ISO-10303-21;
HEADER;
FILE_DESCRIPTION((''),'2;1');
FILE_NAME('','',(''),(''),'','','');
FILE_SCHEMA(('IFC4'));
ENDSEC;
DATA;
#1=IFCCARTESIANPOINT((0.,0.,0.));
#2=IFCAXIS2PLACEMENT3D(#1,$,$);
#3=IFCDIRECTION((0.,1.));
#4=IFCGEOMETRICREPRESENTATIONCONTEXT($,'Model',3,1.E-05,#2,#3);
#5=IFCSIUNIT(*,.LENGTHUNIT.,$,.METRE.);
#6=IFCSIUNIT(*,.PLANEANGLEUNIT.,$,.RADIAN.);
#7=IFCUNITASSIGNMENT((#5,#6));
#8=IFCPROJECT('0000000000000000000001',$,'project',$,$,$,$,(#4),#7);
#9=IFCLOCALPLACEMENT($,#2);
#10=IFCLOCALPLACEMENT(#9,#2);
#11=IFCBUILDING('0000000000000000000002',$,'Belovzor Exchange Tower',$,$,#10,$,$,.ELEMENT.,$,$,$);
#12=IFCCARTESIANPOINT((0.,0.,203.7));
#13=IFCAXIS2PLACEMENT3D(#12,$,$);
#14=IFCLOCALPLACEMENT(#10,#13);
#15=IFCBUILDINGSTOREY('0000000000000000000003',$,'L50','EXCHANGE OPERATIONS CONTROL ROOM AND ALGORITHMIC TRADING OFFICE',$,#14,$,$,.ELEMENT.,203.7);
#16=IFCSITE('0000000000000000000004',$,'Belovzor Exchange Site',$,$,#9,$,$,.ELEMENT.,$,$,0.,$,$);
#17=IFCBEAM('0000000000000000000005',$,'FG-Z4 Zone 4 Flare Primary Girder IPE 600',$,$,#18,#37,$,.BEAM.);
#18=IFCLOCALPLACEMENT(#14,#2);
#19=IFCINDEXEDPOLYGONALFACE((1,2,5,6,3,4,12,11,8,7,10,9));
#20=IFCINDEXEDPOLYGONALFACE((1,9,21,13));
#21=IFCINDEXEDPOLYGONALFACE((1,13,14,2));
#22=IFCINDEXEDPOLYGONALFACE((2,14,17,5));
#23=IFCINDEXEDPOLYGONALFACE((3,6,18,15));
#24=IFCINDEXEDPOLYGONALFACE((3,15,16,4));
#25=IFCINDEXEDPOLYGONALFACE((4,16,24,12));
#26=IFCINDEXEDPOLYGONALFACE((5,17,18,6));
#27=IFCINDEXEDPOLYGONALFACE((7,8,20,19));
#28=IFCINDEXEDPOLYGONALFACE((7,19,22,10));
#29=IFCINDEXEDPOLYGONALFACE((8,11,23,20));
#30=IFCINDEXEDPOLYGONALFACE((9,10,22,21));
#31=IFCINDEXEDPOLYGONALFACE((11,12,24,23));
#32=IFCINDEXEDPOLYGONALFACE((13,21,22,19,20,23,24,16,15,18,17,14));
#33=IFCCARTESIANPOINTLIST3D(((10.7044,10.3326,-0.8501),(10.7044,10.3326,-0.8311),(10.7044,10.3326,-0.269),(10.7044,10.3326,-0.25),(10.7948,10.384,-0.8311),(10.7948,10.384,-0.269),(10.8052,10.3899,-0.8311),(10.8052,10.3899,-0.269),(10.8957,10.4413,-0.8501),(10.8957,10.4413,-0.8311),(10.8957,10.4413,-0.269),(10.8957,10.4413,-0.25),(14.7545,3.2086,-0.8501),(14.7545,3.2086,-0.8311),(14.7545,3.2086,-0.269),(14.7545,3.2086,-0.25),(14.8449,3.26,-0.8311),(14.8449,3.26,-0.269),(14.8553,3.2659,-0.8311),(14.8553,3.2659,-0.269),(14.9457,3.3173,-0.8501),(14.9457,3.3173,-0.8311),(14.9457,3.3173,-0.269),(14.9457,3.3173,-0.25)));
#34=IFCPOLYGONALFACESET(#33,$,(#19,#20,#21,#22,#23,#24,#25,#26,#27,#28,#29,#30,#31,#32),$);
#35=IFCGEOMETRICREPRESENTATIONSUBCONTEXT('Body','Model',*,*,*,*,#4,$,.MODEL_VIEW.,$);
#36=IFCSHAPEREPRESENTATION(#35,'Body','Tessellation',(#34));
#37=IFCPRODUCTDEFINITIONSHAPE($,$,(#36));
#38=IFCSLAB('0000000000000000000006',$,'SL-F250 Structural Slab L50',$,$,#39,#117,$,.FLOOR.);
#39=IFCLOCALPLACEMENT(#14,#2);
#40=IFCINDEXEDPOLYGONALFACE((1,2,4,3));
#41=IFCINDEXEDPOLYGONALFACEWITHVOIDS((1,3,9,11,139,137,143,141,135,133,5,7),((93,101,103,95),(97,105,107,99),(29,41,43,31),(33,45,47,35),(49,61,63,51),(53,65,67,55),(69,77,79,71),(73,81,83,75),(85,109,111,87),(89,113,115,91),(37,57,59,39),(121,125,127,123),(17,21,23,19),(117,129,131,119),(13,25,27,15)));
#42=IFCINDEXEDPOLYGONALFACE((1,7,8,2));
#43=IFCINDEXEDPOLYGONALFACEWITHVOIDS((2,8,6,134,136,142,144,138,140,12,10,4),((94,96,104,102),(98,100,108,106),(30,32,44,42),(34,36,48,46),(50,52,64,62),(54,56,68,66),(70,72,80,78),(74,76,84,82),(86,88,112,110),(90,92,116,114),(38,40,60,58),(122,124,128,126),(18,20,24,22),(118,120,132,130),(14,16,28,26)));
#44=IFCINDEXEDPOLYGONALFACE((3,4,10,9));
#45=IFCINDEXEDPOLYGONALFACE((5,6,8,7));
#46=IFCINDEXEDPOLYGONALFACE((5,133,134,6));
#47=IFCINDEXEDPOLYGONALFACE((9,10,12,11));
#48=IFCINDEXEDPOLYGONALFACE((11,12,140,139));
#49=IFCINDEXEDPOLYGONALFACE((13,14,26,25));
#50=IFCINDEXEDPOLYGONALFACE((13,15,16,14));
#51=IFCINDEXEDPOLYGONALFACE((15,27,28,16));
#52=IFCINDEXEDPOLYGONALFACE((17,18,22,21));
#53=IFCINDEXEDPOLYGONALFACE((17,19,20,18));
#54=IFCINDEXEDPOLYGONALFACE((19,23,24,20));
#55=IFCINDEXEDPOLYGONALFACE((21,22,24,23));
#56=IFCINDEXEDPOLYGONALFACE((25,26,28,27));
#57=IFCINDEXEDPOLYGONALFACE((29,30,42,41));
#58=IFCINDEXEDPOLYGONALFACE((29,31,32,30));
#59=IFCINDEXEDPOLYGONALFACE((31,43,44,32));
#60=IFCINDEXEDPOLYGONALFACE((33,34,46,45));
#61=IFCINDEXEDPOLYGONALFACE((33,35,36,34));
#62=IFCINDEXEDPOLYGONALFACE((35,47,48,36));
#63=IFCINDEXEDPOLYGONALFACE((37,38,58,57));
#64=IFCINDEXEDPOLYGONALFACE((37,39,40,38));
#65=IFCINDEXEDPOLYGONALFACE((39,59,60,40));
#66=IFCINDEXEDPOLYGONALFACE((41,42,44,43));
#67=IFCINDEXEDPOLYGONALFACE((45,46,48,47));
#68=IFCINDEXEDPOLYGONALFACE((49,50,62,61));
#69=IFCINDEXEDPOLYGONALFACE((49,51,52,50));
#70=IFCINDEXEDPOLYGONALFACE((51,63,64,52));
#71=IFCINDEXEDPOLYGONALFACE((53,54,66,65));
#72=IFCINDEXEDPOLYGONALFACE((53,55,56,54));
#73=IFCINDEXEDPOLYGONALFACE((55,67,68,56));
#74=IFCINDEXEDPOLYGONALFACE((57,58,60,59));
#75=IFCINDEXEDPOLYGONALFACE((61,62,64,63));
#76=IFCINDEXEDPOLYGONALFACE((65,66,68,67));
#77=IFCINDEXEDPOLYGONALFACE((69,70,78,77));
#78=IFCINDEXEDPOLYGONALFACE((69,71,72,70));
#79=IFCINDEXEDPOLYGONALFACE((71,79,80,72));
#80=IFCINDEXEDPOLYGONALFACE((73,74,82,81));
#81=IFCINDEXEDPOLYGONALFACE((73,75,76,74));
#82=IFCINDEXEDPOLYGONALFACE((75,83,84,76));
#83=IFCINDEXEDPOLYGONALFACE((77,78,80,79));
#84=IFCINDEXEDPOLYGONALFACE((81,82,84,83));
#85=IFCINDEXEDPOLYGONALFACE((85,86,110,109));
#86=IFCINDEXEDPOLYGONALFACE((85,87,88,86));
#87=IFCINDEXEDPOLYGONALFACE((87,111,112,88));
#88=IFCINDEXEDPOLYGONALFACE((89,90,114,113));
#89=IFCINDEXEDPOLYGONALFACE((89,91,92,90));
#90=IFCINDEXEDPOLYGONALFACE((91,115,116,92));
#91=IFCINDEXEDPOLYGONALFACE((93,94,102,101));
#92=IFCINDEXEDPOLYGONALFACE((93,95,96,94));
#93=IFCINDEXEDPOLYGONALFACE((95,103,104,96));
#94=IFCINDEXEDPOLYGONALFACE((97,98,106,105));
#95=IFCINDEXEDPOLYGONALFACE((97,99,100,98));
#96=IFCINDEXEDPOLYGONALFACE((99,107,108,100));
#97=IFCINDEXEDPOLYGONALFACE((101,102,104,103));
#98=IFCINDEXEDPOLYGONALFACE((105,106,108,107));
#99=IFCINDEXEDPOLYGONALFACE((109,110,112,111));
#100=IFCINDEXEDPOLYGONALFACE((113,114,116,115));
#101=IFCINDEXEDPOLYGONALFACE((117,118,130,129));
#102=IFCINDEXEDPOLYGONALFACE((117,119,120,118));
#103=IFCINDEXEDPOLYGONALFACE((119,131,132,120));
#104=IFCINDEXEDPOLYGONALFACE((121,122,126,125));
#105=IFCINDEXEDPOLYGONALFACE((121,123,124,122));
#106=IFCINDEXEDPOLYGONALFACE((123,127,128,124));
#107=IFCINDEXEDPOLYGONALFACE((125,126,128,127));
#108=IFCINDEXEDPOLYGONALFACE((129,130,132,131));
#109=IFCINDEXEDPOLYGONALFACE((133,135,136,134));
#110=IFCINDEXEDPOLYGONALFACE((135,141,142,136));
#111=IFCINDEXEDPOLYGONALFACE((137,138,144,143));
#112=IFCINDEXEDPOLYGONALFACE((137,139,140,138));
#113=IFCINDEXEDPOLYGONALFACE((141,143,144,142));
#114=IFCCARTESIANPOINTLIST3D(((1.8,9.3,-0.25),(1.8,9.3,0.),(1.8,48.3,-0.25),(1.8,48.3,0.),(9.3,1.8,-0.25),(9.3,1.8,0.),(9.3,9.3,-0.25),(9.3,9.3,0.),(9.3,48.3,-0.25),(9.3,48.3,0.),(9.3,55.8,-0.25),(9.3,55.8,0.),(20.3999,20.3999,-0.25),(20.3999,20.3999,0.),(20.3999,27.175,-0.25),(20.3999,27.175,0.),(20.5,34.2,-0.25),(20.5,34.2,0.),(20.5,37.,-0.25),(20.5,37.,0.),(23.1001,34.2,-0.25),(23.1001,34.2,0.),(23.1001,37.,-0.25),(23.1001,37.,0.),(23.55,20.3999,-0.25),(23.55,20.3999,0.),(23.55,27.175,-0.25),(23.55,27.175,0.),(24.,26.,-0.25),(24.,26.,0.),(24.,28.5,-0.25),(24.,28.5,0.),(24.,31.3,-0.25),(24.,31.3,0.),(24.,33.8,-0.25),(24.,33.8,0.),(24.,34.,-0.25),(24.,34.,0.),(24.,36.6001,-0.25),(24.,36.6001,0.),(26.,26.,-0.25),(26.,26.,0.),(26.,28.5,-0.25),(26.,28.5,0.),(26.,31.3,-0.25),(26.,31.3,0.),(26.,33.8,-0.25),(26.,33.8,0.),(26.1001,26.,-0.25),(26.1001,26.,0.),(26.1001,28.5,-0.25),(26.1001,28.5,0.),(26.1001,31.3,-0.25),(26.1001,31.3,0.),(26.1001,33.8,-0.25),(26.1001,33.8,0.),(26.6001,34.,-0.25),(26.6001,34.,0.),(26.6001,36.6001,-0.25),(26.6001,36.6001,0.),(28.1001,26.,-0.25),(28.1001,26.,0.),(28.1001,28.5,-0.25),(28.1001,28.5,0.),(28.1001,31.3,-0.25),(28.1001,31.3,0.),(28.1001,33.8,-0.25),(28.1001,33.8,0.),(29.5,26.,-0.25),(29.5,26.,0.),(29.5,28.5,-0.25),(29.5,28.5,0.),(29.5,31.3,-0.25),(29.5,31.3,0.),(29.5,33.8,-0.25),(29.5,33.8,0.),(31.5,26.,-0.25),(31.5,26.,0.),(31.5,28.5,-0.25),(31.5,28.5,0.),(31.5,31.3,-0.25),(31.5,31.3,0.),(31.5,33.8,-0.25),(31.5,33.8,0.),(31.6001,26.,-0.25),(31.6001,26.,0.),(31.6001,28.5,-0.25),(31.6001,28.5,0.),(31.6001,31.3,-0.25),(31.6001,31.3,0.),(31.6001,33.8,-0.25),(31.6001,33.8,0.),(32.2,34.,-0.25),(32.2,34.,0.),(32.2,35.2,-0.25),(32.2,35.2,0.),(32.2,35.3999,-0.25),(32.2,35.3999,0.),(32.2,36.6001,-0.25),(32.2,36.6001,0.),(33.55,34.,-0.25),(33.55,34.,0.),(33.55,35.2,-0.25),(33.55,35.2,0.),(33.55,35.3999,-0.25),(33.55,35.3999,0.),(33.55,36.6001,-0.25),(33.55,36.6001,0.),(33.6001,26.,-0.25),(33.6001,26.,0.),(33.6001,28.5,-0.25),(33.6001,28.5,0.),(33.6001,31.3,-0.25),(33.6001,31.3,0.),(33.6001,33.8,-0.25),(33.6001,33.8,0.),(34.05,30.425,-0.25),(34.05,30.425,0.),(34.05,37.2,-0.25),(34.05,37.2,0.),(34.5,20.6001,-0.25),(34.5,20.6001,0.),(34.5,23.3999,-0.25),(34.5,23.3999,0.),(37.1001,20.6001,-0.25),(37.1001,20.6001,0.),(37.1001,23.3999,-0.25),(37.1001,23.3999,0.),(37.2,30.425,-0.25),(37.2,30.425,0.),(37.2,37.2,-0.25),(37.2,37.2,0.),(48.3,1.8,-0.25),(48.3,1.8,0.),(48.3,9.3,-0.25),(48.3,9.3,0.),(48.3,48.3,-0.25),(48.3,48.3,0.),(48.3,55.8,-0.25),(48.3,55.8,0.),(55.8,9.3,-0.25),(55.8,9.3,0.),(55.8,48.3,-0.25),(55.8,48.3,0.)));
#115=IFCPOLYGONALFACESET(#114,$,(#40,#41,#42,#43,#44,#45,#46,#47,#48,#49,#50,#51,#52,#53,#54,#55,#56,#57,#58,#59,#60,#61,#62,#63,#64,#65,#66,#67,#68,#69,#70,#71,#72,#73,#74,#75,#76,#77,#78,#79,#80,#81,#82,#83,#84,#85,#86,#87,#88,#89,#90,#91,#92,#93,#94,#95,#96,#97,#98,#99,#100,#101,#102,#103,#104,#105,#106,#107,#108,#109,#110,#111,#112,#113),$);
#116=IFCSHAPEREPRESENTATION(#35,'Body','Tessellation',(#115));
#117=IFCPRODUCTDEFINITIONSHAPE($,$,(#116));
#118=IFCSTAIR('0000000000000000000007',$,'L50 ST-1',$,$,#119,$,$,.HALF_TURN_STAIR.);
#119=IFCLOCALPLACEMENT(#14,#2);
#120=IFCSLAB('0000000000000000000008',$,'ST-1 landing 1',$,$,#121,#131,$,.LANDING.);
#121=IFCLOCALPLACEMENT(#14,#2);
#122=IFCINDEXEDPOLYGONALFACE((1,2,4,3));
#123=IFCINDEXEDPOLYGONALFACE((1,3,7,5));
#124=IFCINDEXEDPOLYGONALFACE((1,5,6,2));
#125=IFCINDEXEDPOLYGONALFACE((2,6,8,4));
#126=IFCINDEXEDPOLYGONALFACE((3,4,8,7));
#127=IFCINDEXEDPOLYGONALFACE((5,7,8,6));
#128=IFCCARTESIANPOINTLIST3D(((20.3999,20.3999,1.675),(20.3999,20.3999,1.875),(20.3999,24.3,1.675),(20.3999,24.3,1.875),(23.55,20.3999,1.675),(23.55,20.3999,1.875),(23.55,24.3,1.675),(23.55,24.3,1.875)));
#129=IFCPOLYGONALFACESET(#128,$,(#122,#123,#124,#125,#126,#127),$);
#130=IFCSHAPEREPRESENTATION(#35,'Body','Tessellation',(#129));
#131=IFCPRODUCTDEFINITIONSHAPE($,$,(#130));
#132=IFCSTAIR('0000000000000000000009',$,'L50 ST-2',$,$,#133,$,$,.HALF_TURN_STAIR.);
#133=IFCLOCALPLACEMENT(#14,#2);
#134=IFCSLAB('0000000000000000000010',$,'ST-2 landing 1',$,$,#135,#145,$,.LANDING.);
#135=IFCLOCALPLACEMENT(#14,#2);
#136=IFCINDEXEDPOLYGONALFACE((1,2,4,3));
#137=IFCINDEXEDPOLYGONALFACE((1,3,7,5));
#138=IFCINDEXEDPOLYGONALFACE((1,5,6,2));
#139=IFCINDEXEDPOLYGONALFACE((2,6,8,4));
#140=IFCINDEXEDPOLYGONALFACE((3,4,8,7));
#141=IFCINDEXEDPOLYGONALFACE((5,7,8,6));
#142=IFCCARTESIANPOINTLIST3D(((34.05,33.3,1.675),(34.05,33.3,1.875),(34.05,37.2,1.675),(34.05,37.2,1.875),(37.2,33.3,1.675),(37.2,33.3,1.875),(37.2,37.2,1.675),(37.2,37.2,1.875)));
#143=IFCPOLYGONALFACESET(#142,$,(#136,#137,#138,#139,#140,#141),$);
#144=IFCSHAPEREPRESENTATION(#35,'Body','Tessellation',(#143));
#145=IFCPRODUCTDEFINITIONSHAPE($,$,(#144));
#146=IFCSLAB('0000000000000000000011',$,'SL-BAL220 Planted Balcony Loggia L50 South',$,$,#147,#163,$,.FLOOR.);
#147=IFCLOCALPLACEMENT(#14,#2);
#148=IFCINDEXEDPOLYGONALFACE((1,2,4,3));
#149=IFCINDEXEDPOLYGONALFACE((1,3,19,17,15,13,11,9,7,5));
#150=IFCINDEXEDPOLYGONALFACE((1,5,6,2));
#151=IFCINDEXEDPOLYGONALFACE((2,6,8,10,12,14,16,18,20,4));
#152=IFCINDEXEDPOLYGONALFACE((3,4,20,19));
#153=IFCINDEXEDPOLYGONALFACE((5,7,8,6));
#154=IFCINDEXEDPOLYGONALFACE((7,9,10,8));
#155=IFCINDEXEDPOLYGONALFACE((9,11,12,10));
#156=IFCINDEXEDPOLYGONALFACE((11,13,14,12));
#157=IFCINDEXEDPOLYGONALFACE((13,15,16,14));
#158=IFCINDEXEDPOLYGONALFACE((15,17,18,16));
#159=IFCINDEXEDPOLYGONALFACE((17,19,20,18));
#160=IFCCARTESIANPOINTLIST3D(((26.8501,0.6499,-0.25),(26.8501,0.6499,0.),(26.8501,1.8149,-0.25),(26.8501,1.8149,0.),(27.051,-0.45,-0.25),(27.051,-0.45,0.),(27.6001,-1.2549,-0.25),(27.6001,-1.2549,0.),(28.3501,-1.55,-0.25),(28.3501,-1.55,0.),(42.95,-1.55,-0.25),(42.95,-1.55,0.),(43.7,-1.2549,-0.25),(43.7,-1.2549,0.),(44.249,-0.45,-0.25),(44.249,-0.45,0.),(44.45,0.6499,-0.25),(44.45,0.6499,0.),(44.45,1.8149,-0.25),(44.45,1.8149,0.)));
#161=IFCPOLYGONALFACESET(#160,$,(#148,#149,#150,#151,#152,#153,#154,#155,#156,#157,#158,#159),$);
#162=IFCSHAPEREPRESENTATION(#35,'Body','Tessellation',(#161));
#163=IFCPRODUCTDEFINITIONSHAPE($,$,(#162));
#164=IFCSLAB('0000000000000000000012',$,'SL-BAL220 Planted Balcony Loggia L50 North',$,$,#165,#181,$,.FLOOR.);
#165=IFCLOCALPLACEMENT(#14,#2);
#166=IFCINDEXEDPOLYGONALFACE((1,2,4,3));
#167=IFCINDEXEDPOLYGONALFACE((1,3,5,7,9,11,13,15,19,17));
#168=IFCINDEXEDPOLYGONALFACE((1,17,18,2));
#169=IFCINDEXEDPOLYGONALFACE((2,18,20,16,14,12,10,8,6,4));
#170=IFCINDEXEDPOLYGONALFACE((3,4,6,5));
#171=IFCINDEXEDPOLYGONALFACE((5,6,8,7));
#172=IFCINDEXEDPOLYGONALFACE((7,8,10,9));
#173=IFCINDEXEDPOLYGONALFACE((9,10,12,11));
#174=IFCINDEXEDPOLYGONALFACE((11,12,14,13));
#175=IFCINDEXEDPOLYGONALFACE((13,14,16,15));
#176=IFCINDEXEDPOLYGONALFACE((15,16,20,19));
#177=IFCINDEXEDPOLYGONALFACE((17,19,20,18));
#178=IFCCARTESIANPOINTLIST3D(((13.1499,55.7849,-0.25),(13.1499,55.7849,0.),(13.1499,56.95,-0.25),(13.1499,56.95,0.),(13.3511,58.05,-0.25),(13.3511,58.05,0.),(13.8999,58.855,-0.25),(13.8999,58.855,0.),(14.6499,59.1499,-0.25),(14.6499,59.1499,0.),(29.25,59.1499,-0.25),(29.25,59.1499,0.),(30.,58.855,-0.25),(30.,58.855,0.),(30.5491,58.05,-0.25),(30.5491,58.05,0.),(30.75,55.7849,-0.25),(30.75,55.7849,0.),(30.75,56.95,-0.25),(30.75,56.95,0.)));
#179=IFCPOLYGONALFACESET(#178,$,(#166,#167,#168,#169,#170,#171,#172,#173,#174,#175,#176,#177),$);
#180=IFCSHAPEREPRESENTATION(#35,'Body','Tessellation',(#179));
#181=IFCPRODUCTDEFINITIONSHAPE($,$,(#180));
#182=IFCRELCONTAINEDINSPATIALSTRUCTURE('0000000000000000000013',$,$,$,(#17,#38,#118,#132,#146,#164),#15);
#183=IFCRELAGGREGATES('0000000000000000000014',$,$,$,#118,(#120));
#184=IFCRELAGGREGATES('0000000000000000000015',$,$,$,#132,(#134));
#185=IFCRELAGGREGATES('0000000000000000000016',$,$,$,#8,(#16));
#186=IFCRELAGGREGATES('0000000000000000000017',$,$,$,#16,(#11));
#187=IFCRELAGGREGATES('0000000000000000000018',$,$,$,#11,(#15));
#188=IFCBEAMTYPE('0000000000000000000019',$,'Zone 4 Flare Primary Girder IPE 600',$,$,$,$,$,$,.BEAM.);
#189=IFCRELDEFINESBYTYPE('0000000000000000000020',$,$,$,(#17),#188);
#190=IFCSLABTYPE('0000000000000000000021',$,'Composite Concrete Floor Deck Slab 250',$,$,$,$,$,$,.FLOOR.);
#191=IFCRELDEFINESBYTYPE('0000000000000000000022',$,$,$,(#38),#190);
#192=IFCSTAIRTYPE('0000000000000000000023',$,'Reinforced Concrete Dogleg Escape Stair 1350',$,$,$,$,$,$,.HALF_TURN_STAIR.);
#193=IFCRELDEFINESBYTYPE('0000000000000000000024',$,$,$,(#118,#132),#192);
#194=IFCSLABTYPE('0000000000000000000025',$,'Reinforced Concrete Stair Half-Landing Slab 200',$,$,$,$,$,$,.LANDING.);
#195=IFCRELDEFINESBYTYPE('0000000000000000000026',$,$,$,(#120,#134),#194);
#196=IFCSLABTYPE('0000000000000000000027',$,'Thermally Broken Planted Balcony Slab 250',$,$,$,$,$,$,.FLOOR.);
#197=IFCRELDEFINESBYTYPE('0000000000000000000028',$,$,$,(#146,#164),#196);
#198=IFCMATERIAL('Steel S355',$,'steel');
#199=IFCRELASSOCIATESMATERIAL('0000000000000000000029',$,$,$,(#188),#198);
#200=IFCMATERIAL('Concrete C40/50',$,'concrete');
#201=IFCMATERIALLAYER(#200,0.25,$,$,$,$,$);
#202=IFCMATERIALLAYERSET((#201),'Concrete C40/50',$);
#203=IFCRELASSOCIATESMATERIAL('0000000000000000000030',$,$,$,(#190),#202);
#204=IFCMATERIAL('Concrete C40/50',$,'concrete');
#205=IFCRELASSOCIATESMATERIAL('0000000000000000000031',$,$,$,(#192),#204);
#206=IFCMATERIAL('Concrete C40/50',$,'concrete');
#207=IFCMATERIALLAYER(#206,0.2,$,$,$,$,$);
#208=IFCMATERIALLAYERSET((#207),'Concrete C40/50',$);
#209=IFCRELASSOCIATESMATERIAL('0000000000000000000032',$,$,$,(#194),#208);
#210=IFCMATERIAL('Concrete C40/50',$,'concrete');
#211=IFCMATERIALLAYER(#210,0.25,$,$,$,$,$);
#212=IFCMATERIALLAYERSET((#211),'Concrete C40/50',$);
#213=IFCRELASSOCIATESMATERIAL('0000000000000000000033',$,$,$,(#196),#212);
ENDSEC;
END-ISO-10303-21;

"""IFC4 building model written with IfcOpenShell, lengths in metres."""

from ifc_helpers import new_model, si_unit, direction, frame, origin, origin_2d, place, context, subcontext, project, spatial, polyline, i_section, outline, extrude, material, layer, layer_set, material_profile, profile_set, type_object, element, aggregate, save


model = new_model("IFC4")

# Units and contexts
model_context = context("Model", 3, precision=1e-05, world=origin(), true_north=direction((0.0, 1.0)))
body_context = subcontext(model_context, "Body", "Model", "MODEL_VIEW")
ifc_project = project(units=[si_unit("LENGTHUNIT", "METRE"), si_unit("PLANEANGLEUNIT", "RADIAN")], contexts=[model_context])

# Site, building, storey
site_placement = place(None, origin())
site = spatial("IfcSite", under=ifc_project, at=site_placement, Name="Belovzor Exchange Site", CompositionType="ELEMENT", RefElevation=0.0)
building_placement = place(site_placement, origin())
building = spatial("IfcBuilding", under=site, at=building_placement, Name="Belovzor Exchange Tower", CompositionType="ELEMENT")
storey_placement = place(building_placement, frame((0.0, 0.0, 203.7)))
storey = spatial("IfcBuildingStorey", under=building, at=storey_placement, Name="L50", Description="EXCHANGE OPERATIONS CONTROL ROOM AND ALGORITHMIC TRADING OFFICE", CompositionType="ELEMENT", Elevation=203.7)

# Beam
ifc_material_1 = material(Name="Steel S355", Category="steel")
ifc_material_profile = material_profile(ifc_material_1, i_section(OverallWidth=0.22, OverallDepth=0.6001, WebThickness=0.012, FlangeThickness=0.019, at=origin_2d()))
ifc_profile_set = profile_set([ifc_material_profile], Name="Steel S355")
beam_type = type_object("IfcBeamType", Name="Zone 4 Flare Primary Girder IPE 600", PredefinedType="BEAM", material=ifc_profile_set)
beam_placement = place(storey_placement, frame((10.8, 10.387, -0.55), z_axis=(0.494222, -0.869336, 0.0), x_axis=(0.869336, 0.494222, 0.0)))
element("IfcBeam", 1, at=beam_placement, inside=storey, type_object=beam_type, Name="FG-Z4 Zone 4 Flare Primary Girder IPE 600", PredefinedType="BEAM", context=body_context, shape_type="SweptSolid", body=[
    extrude(i_section(OverallWidth=0.22, OverallDepth=0.6001, WebThickness=0.012, FlangeThickness=0.019, at=origin_2d()), origin(), (0.0, 0.0, 1.0), 8.1948),
])

# Slab
ifc_material_2 = material(Name="Concrete C40/50", Category="concrete")
ifc_layer_1 = layer(ifc_material_2, 0.25)
ifc_layer_set_1 = layer_set([ifc_layer_1], Name="Concrete C40/50")
slab_type_1 = type_object("IfcSlabType", Name="Composite Concrete Floor Deck Slab 250", PredefinedType="FLOOR", material=ifc_layer_set_1)
slab_1_placement = place(storey_placement, frame((0.0, 0.0, -0.25)))
element("IfcSlab", 2, at=slab_1_placement, inside=storey, type_object=slab_type_1, Name="SL-F250 Structural Slab L50", PredefinedType="FLOOR", context=body_context, shape_type="SweptSolid", body=[
    extrude(outline(polyline([(9.3, 1.8), (48.3, 1.8), (48.3, 9.3), (55.8, 9.3), (55.8, 48.3), (48.3, 48.3), (48.3, 55.8), (9.3, 55.8), (9.3, 48.3), (1.8, 48.3), (1.8, 9.3), (9.3, 9.3), (9.3, 1.8)]), holes=[polyline([(20.3999, 27.175), (20.3999, 20.3999), (23.55, 20.3999), (23.55, 27.175), (20.3999, 27.175)]), polyline([(37.2, 30.425), (37.2, 37.2), (34.05, 37.2), (34.05, 30.425), (37.2, 30.425)]), polyline([(20.5, 34.2), (23.1001, 34.2), (23.1001, 37.0), (20.5, 37.0), (20.5, 34.2)]), polyline([(34.5, 20.6001), (37.1001, 20.6001), (37.1001, 23.3999), (34.5, 23.3999), (34.5, 20.6001)]), polyline([(24.0, 34.0), (26.6001, 34.0), (26.6001, 36.6001), (24.0, 36.6001), (24.0, 34.0)]), polyline([(24.0, 26.0), (26.0, 26.0), (26.0, 28.5), (24.0, 28.5), (24.0, 26.0)]), polyline([(26.1001, 26.0), (28.1001, 26.0), (28.1001, 28.5), (26.1001, 28.5), (26.1001, 26.0)]), polyline([(29.5, 26.0), (31.5, 26.0), (31.5, 28.5), (29.5, 28.5), (29.5, 26.0)]), polyline([(31.6001, 26.0), (33.6001, 26.0), (33.6001, 28.5), (31.6001, 28.5), (31.6001, 26.0)]), polyline([(24.0, 31.3), (26.0, 31.3), (26.0, 33.8), (24.0, 33.8), (24.0, 31.3)]), polyline([(26.1001, 31.3), (28.1001, 31.3), (28.1001, 33.8), (26.1001, 33.8), (26.1001, 31.3)]), polyline([(29.5, 31.3), (31.5, 31.3), (31.5, 33.8), (29.5, 33.8), (29.5, 31.3)]), polyline([(31.6001, 31.3), (33.6001, 31.3), (33.6001, 33.8), (31.6001, 33.8), (31.6001, 31.3)]), polyline([(32.2, 34.0), (33.55, 34.0), (33.55, 35.2), (32.2, 35.2), (32.2, 34.0)]), polyline([(32.2, 35.3999), (33.55, 35.3999), (33.55, 36.6001), (32.2, 36.6001), (32.2, 35.3999)])]), origin(), (0.0, 0.0, 1.0), 0.25),
])

# Stairs, slabs
ifc_material_3 = material(Name="Concrete C40/50", Category="concrete")
stair_type = type_object("IfcStairType", Name="Reinforced Concrete Dogleg Escape Stair 1350", PredefinedType="HALF_TURN_STAIR", material=ifc_material_3)
stair_1_placement = place(storey_placement, origin())
stair_1 = element("IfcStair", 3, at=stair_1_placement, inside=storey, type_object=stair_type, Name="L50 ST-1", PredefinedType="HALF_TURN_STAIR")
ifc_material_4 = material(Name="Concrete C40/50", Category="concrete")
ifc_layer_2 = layer(ifc_material_4, 0.2)
ifc_layer_set_2 = layer_set([ifc_layer_2], Name="Concrete C40/50")
slab_type_2 = type_object("IfcSlabType", Name="Reinforced Concrete Stair Half-Landing Slab 200", PredefinedType="LANDING", material=ifc_layer_set_2)
slab_2_placement = place(storey_placement, frame((0.0, 0.0, 1.675)))
slab_2 = element("IfcSlab", 4, at=slab_2_placement, type_object=slab_type_2, Name="ST-1 landing 1", PredefinedType="LANDING", context=body_context, shape_type="SweptSolid", body=[
    extrude(outline(polyline([(20.3999, 24.3), (20.3999, 20.3999), (23.55, 20.3999), (23.55, 24.3), (20.3999, 24.3)])), origin(), (0.0, 0.0, 1.0), 0.2),
])
aggregate(stair_1, [slab_2])
stair_2_placement = place(storey_placement, origin())
stair_2 = element("IfcStair", 5, at=stair_2_placement, inside=storey, type_object=stair_type, Name="L50 ST-2", PredefinedType="HALF_TURN_STAIR")
slab_3_placement = place(storey_placement, frame((0.0, 0.0, 1.675)))
slab_3 = element("IfcSlab", 6, at=slab_3_placement, type_object=slab_type_2, Name="ST-2 landing 1", PredefinedType="LANDING", context=body_context, shape_type="SweptSolid", body=[
    extrude(outline(polyline([(37.2, 33.3), (37.2, 37.2), (34.05, 37.2), (34.05, 33.3), (37.2, 33.3)])), origin(), (0.0, 0.0, 1.0), 0.2),
])
aggregate(stair_2, [slab_3])

# Slabs
ifc_material_5 = material(Name="Concrete C40/50", Category="concrete")
ifc_layer_3 = layer(ifc_material_5, 0.25)
ifc_layer_set_3 = layer_set([ifc_layer_3], Name="Concrete C40/50")
slab_type_3 = type_object("IfcSlabType", Name="Thermally Broken Planted Balcony Slab 250", PredefinedType="FLOOR", material=ifc_layer_set_3)
slab_4_placement = place(storey_placement, frame((0.0, 0.0, -0.25)))
element("IfcSlab", 7, at=slab_4_placement, inside=storey, type_object=slab_type_3, Name="SL-BAL220 Planted Balcony Loggia L50 South", PredefinedType="FLOOR", context=body_context, shape_type="SweptSolid", body=[
    extrude(outline(polyline([(26.8501, 1.8149), (26.8501, 0.6499), (27.051, -0.45), (27.6001, -1.2549), (28.3501, -1.55), (42.95, -1.55), (43.7, -1.2549), (44.249, -0.45), (44.45, 0.6499), (44.45, 1.8149), (26.8501, 1.8149)])), origin(), (0.0, 0.0, 1.0), 0.25),
])
slab_5_placement = place(storey_placement, frame((0.0, 0.0, -0.25)))
element("IfcSlab", 8, at=slab_5_placement, inside=storey, type_object=slab_type_3, Name="SL-BAL220 Planted Balcony Loggia L50 North", PredefinedType="FLOOR", context=body_context, shape_type="SweptSolid", body=[
    extrude(outline(polyline([(30.75, 55.7849), (30.75, 56.95), (30.5491, 58.05), (30.0, 58.855), (29.25, 59.1499), (14.6499, 59.1499), (13.8999, 58.855), (13.3511, 58.05), (13.1499, 56.95), (13.1499, 55.7849), (30.75, 55.7849)])), origin(), (0.0, 0.0, 1.0), 0.25),
])

save(model, "model.ifc")
